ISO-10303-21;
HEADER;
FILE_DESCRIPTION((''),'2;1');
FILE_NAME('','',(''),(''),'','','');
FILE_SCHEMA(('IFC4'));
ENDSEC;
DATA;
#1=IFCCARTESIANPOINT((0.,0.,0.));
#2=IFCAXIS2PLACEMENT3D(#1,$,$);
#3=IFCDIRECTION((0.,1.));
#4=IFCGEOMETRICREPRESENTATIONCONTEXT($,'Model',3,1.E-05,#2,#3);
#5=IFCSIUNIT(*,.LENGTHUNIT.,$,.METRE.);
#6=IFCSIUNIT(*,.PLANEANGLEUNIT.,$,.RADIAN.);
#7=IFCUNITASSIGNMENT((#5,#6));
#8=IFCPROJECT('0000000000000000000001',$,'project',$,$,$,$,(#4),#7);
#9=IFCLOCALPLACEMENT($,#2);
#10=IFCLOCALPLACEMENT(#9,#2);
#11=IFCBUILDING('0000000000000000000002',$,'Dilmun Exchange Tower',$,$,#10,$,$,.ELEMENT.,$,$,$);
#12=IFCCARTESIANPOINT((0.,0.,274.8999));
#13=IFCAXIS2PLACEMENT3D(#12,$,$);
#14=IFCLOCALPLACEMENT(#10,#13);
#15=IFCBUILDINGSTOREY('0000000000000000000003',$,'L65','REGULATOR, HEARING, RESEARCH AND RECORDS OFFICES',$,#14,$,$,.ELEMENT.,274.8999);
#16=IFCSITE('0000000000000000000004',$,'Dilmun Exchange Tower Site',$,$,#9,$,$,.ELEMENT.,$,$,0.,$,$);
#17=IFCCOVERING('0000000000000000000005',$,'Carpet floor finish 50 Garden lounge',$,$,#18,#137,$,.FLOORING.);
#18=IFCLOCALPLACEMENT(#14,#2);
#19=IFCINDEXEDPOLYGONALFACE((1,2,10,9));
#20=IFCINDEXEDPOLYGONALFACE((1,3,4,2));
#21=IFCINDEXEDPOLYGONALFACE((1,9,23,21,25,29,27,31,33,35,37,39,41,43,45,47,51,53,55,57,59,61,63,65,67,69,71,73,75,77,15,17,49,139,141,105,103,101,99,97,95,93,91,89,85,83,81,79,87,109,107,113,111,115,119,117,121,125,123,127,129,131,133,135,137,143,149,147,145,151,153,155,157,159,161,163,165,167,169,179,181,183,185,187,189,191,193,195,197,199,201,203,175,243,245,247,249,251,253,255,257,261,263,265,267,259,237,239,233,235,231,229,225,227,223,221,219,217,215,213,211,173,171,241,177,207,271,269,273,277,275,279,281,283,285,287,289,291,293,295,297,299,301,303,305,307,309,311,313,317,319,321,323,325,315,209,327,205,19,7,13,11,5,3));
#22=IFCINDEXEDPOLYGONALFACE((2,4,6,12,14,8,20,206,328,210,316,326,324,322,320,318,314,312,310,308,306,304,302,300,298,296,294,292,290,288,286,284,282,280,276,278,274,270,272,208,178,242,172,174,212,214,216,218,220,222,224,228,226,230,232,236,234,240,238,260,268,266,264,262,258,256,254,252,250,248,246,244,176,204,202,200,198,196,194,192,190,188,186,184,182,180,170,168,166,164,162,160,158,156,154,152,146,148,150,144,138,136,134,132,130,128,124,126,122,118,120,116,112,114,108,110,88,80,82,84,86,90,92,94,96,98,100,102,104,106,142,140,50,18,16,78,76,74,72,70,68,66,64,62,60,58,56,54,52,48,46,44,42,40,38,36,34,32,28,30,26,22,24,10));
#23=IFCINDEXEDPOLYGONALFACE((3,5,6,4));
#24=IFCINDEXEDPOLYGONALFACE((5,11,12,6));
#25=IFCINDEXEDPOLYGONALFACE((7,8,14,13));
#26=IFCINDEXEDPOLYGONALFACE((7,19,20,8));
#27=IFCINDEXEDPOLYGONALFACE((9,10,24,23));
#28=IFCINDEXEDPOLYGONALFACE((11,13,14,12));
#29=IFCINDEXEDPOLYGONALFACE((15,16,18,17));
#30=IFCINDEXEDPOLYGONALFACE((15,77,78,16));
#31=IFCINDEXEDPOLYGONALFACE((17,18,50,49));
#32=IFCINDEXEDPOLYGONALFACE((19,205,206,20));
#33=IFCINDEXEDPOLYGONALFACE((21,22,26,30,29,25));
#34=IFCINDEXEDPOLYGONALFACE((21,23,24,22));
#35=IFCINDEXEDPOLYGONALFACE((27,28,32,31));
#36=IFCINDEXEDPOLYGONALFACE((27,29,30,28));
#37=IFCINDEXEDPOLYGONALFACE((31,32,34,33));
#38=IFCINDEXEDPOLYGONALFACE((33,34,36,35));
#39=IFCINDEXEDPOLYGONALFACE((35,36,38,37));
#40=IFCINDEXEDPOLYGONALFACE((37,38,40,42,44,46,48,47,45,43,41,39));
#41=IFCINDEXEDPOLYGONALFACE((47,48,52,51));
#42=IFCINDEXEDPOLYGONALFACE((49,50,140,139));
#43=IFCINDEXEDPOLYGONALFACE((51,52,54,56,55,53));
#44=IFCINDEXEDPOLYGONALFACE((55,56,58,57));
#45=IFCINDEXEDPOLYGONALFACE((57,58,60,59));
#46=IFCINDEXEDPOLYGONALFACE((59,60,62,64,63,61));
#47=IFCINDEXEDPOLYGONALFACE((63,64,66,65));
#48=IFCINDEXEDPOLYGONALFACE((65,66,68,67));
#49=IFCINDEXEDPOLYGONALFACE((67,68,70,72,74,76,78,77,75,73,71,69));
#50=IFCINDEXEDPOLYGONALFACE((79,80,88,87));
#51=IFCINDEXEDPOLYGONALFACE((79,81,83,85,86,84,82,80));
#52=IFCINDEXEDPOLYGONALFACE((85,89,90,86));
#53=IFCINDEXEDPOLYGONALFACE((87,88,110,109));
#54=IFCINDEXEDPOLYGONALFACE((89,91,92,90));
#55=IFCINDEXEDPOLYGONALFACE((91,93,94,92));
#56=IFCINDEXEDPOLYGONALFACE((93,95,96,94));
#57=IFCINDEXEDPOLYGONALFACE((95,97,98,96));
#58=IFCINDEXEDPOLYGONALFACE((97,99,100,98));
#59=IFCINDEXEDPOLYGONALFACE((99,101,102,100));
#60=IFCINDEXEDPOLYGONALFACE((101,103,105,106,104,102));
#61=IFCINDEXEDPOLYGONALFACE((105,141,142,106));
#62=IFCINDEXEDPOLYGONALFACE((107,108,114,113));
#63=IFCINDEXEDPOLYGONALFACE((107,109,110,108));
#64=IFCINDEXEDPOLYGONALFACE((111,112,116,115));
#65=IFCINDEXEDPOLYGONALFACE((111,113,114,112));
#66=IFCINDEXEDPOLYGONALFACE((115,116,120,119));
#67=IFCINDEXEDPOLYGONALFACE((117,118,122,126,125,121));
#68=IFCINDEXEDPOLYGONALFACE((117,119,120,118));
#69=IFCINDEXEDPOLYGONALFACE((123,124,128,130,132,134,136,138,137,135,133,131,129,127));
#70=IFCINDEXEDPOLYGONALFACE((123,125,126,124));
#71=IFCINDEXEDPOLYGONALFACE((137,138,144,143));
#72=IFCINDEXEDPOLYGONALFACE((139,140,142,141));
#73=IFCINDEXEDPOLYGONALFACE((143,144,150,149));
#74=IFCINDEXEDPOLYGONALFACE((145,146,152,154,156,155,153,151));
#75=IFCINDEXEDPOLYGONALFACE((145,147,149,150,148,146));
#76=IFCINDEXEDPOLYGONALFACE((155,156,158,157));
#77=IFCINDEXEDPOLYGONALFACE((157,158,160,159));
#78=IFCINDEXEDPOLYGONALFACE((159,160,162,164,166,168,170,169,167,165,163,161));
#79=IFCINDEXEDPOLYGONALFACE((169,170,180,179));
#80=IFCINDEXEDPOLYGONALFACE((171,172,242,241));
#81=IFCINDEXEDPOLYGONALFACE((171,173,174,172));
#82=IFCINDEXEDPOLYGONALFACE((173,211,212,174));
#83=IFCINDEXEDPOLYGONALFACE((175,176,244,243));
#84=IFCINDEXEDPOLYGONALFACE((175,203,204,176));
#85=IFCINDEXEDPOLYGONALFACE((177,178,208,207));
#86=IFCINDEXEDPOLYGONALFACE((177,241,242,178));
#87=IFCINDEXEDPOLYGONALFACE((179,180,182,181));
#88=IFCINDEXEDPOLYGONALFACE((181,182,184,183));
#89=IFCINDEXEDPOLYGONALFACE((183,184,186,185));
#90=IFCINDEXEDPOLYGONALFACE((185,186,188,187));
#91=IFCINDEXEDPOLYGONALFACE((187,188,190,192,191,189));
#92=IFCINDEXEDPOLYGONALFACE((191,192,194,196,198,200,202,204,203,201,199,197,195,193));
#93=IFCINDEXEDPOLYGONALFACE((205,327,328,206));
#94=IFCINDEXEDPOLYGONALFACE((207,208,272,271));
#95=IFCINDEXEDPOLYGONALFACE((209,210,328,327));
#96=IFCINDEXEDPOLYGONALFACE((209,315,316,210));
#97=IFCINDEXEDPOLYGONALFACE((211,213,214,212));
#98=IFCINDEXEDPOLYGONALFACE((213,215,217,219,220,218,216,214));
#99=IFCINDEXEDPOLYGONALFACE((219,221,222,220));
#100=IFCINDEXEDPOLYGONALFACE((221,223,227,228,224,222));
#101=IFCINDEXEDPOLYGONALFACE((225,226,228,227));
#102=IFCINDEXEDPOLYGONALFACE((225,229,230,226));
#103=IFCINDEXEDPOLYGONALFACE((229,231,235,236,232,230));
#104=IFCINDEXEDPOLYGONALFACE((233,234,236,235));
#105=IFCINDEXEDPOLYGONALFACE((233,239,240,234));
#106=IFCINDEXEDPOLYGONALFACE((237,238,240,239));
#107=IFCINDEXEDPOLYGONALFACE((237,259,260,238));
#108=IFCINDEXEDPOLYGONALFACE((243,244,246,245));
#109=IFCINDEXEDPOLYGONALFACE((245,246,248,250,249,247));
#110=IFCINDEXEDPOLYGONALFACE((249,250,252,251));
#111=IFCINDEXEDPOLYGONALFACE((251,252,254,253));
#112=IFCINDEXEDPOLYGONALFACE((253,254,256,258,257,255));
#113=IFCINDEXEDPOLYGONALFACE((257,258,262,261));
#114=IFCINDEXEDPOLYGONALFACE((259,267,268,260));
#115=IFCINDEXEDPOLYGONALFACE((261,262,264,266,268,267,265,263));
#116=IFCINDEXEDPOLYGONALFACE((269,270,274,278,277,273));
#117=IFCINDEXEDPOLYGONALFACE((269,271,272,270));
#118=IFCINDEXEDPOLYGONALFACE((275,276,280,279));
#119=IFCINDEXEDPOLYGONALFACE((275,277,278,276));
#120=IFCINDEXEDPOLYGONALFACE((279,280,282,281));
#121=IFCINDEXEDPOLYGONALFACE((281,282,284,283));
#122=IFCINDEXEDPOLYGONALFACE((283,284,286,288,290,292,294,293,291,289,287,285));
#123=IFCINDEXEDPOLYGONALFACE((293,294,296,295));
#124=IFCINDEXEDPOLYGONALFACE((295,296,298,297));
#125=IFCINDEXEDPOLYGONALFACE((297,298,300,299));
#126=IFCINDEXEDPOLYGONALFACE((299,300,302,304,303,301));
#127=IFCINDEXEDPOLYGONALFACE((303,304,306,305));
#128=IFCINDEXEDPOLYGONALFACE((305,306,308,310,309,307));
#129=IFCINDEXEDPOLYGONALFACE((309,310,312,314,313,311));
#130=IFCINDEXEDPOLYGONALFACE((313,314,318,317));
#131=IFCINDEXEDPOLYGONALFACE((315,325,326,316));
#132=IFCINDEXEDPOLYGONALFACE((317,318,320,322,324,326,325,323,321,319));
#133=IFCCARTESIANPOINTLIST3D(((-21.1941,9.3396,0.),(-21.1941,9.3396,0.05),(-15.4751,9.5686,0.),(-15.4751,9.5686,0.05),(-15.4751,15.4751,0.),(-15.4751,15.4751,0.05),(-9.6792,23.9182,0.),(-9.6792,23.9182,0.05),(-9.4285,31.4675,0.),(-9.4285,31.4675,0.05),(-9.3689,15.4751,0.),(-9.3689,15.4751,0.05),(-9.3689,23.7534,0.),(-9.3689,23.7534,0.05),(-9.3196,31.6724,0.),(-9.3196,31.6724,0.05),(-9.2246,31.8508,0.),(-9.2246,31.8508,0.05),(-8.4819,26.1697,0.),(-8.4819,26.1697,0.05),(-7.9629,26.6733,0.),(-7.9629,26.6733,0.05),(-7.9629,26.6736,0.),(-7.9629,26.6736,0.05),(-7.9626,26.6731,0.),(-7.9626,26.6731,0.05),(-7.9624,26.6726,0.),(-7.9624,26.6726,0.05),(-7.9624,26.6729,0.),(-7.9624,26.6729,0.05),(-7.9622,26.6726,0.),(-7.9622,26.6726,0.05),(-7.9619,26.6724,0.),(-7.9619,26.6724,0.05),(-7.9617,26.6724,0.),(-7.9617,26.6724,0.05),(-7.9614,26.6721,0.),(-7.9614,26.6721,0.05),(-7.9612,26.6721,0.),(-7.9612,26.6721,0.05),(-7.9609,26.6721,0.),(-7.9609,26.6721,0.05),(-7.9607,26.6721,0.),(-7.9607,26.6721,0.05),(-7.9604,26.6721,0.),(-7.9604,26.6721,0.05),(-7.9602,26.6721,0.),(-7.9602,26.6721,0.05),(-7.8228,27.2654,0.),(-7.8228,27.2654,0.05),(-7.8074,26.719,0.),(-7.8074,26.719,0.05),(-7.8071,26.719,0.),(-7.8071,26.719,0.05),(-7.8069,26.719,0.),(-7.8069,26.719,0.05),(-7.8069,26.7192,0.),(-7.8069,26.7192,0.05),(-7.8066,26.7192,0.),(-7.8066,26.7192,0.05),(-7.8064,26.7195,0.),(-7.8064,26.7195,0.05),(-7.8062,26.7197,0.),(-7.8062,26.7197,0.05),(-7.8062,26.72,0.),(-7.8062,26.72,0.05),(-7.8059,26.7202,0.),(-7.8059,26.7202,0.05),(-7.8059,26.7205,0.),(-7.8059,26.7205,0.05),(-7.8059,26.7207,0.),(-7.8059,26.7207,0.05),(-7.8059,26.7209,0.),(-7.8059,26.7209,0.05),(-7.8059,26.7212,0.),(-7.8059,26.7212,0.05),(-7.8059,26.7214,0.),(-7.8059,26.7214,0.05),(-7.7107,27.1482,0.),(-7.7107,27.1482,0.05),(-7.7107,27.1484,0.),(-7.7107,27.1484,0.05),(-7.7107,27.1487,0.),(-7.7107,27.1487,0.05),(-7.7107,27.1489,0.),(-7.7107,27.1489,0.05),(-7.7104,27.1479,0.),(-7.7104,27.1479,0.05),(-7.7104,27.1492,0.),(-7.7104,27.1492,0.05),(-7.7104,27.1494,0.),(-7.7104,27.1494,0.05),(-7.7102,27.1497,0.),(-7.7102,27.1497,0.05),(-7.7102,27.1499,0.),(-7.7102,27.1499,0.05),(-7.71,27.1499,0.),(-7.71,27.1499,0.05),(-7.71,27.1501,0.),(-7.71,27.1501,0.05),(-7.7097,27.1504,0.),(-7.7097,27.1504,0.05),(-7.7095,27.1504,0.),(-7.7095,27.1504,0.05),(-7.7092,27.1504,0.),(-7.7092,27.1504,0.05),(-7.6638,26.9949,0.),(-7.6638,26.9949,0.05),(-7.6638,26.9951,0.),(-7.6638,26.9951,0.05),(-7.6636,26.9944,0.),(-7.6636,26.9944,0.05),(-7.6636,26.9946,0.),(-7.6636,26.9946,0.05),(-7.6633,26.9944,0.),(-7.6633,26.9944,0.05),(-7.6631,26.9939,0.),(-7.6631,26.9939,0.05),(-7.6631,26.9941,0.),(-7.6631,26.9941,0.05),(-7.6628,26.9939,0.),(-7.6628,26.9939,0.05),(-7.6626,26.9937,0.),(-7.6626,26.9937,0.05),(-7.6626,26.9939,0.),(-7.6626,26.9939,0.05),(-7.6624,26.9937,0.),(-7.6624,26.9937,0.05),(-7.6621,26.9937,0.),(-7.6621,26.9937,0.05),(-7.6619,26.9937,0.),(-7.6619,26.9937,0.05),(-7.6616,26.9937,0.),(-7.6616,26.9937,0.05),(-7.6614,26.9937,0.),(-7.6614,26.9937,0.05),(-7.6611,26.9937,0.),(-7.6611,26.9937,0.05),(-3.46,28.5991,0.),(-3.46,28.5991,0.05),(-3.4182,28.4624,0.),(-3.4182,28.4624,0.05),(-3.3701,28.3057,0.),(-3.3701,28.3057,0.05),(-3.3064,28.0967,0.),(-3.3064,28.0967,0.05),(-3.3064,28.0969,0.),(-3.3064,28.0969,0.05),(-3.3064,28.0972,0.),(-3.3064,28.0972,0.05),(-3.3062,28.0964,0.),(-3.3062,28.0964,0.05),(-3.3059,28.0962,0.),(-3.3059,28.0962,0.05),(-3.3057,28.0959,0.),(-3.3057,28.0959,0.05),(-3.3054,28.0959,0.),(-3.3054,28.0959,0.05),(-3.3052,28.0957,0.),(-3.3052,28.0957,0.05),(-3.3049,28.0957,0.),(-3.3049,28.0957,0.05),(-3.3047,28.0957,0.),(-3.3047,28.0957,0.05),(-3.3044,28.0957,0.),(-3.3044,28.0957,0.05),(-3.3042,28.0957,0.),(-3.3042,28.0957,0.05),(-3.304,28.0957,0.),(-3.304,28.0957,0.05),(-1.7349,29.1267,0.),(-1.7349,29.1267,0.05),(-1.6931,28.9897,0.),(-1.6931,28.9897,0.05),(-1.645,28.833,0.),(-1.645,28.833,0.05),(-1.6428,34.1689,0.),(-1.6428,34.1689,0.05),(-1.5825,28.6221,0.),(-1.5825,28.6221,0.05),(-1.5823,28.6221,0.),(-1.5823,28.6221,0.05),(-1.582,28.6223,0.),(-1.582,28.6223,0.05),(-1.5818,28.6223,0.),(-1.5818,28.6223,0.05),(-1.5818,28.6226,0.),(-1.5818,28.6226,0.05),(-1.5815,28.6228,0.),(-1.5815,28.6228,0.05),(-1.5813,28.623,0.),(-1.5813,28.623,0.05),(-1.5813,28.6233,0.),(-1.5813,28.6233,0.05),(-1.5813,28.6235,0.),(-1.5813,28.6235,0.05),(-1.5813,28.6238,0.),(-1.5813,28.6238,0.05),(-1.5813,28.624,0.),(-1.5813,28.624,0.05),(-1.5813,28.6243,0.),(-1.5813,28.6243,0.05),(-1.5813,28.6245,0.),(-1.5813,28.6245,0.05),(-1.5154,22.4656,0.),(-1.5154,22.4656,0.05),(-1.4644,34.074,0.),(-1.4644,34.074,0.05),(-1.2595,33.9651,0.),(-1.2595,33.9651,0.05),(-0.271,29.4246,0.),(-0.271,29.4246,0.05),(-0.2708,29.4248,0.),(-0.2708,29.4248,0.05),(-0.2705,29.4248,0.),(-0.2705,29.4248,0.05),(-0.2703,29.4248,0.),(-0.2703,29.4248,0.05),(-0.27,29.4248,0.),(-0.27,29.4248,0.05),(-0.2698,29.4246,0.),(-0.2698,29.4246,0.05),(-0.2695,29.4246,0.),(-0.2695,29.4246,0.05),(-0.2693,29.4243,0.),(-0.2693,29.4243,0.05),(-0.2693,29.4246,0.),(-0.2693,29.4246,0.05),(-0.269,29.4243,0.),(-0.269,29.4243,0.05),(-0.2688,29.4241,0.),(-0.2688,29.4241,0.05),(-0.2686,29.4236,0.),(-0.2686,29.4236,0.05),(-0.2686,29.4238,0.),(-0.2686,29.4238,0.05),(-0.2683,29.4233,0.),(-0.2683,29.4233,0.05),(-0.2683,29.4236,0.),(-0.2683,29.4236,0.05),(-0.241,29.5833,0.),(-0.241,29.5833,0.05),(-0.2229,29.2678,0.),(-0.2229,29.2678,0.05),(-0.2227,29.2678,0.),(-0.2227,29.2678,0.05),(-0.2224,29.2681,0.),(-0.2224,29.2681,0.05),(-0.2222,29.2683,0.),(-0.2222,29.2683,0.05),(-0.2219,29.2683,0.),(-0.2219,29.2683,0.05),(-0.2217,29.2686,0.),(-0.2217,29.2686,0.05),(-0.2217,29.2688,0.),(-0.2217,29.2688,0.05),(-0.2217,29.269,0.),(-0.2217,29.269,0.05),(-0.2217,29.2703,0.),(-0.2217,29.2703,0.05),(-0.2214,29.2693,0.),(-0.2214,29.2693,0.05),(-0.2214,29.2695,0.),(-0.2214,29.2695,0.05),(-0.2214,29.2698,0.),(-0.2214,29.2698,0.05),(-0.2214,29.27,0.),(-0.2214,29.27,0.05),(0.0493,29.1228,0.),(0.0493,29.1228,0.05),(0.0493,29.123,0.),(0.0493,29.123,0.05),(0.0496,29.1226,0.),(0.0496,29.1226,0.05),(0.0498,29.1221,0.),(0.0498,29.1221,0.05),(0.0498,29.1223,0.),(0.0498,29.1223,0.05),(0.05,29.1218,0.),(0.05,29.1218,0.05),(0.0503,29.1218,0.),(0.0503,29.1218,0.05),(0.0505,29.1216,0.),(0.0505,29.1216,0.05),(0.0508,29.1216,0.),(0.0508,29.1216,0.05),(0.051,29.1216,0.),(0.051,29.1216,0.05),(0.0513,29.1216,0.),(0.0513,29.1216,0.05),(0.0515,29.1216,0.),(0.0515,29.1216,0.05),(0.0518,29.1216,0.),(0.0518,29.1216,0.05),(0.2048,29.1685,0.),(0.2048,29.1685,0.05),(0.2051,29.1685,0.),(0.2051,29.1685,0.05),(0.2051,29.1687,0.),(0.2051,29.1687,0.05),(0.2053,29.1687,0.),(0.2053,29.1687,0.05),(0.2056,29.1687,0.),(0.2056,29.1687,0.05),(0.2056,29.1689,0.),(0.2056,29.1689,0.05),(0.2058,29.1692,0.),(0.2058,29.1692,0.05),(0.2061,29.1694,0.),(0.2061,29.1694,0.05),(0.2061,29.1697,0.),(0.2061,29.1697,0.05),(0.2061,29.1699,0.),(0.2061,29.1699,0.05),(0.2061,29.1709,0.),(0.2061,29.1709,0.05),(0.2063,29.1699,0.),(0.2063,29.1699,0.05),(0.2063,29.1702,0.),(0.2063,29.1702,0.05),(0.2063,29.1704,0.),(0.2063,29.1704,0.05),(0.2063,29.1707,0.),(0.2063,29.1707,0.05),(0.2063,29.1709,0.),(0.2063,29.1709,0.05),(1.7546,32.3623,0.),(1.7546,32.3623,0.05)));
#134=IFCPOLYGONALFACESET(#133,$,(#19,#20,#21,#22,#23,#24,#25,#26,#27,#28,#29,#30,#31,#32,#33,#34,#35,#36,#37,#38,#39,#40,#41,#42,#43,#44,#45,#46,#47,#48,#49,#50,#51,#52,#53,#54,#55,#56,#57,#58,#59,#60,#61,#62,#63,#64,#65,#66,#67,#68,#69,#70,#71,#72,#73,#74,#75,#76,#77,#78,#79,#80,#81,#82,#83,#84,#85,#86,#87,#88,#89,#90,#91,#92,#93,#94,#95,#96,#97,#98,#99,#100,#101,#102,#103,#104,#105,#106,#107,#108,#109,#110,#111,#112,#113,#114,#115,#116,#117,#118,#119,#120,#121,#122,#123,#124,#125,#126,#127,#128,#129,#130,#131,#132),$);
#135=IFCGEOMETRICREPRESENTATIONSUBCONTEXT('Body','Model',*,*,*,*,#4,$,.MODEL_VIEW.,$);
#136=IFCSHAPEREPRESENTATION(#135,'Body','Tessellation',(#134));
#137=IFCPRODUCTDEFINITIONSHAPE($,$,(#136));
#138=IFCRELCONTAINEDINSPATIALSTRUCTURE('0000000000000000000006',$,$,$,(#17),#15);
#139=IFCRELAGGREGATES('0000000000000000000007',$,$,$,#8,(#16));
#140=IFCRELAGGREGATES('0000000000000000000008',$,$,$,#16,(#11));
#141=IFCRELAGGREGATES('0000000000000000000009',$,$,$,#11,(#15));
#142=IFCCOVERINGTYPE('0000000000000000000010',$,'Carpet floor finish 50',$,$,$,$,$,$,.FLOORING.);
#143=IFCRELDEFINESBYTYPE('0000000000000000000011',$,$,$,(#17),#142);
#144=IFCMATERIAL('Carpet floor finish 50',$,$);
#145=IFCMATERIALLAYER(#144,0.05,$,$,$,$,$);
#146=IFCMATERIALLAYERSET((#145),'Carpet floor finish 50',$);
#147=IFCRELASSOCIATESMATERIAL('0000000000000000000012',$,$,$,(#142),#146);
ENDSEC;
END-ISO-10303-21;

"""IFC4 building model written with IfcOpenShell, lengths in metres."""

from ifc_helpers import new_model, si_unit, direction, frame, origin, place, context, subcontext, project, spatial, polyline, outline, extrude, material, layer, layer_set, type_object, element, save


model = new_model("IFC4")

# Units and contexts
model_context = context("Model", 3, precision=1e-05, world=origin(), true_north=direction((0.0, 1.0)))
body_context = subcontext(model_context, "Body", "Model", "MODEL_VIEW")
ifc_project = project(units=[si_unit("LENGTHUNIT", "METRE"), si_unit("PLANEANGLEUNIT", "RADIAN")], contexts=[model_context])

# Site, building, storey
site_placement = place(None, origin())
site = spatial("IfcSite", under=ifc_project, at=site_placement, Name="Dilmun Exchange Tower Site", CompositionType="ELEMENT", RefElevation=0.0)
building_placement = place(site_placement, origin())
building = spatial("IfcBuilding", under=site, at=building_placement, Name="Dilmun Exchange Tower", CompositionType="ELEMENT")
storey_placement = place(building_placement, frame((0.0, 0.0, 274.8999)))
storey = spatial("IfcBuildingStorey", under=building, at=storey_placement, Name="L65", Description="REGULATOR, HEARING, RESEARCH AND RECORDS OFFICES", CompositionType="ELEMENT", Elevation=274.8999)

# Covering
ifc_material_1 = material(Name="Carpet floor finish 50")
ifc_layer_1 = layer(ifc_material_1, 0.05)
ifc_layer_set_1 = layer_set([ifc_layer_1], Name="Carpet floor finish 50")
covering_type_1 = type_object("IfcCoveringType", Name="Carpet floor finish 50", PredefinedType="FLOORING", material=ifc_layer_set_1)
covering_1_placement = place(storey_placement, origin())
element("IfcCovering", 1, at=covering_1_placement, inside=storey, type_object=covering_type_1, Name="Carpet floor finish 50 Garden lounge", PredefinedType="FLOORING", context=body_context, shape_type="SweptSolid", body=[
    extrude(outline(polyline([(-9.3689, 15.4751), (-15.4751, 15.4751), (-15.4751, 9.5686), (-21.1941, 9.3396), (-9.4285, 31.4675), (-7.9629, 26.6736), (-7.9629, 26.6733), (-7.9626, 26.6731), (-7.9626, 26.6731), (-7.9624, 26.6729), (-7.9624, 26.6726), (-7.9622, 26.6726), (-7.9619, 26.6724), (-7.9619, 26.6724), (-7.9617, 26.6724), (-7.9614, 26.6721), (-7.9612, 26.6721), (-7.9612, 26.6721), (-7.9609, 26.6721), (-7.9607, 26.6721), (-7.9604, 26.6721), (-7.9602, 26.6721), (-7.8074, 26.719), (-7.8071, 26.719), (-7.8069, 26.719), (-7.8069, 26.7192), (-7.8066, 26.7192), (-7.8064, 26.7195), (-7.8064, 26.7195), (-7.8062, 26.7197), (-7.8062, 26.72), (-7.8059, 26.7202), (-7.8059, 26.7202), (-7.8059, 26.7205), (-7.8059, 26.7207), (-7.8059, 26.7209), (-7.8059, 26.7212), (-7.8059, 26.7212), (-7.8059, 26.7214), (-9.3196, 31.6724), (-9.2246, 31.8508), (-7.8228, 27.2654), (-3.46, 28.5991), (-3.4182, 28.4624), (-7.7092, 27.1504), (-7.7095, 27.1504), (-7.7095, 27.1504), (-7.7097, 27.1504), (-7.71, 27.1501), (-7.71, 27.1499), (-7.7102, 27.1499), (-7.7102, 27.1497), (-7.7104, 27.1494), (-7.7104, 27.1494), (-7.7104, 27.1492), (-7.7107, 27.1489), (-7.7107, 27.1487), (-7.7107, 27.1487), (-7.7107, 27.1484), (-7.7107, 27.1482), (-7.7104, 27.1479), (-7.6638, 26.9951), (-7.6638, 26.9949), (-7.6636, 26.9946), (-7.6636, 26.9944), (-7.6633, 26.9944), (-7.6631, 26.9941), (-7.6631, 26.9939), (-7.6628, 26.9939), (-7.6626, 26.9939), (-7.6626, 26.9937), (-7.6624, 26.9937), (-7.6621, 26.9937), (-7.6621, 26.9937), (-7.6619, 26.9937), (-7.6616, 26.9937), (-7.6614, 26.9937), (-7.6611, 26.9937), (-3.3701, 28.3057), (-3.3064, 28.0972), (-3.3064, 28.0969), (-3.3064, 28.0967), (-3.3064, 28.0967), (-3.3062, 28.0964), (-3.3059, 28.0962), (-3.3059, 28.0962), (-3.3057, 28.0959), (-3.3054, 28.0959), (-3.3054, 28.0959), (-3.3052, 28.0957), (-3.3049, 28.0957), (-3.3047, 28.0957), (-3.3047, 28.0957), (-3.3044, 28.0957), (-3.3042, 28.0957), (-3.304, 28.0957), (-1.5825, 28.6221), (-1.5825, 28.6221), (-1.5823, 28.6221), (-1.582, 28.6223), (-1.5818, 28.6223), (-1.5818, 28.6226), (-1.5818, 28.6226), (-1.5815, 28.6228), (-1.5813, 28.623), (-1.5813, 28.623), (-1.5813, 28.6233), (-1.5813, 28.6235), (-1.5813, 28.6238), (-1.5813, 28.6238), (-1.5813, 28.624), (-1.5813, 28.6243), (-1.5813, 28.6245), (-1.645, 28.833), (-0.2229, 29.2678), (-0.2227, 29.2678), (-0.2227, 29.2678), (-0.2224, 29.2681), (-0.2222, 29.2683), (-0.2222, 29.2683), (-0.2219, 29.2683), (-0.2217, 29.2686), (-0.2217, 29.2688), (-0.2217, 29.2688), (-0.2217, 29.269), (-0.2214, 29.2693), (-0.2214, 29.2695), (-0.2214, 29.2698), (-0.2214, 29.27), (-0.2214, 29.27), (-0.2217, 29.2703), (-0.2683, 29.4233), (-0.2683, 29.4236), (-0.2686, 29.4236), (-0.2686, 29.4238), (-0.2688, 29.4241), (-0.2688, 29.4241), (-0.269, 29.4243), (-0.2693, 29.4243), (-0.2693, 29.4246), (-0.2695, 29.4246), (-0.2698, 29.4246), (-0.27, 29.4248), (-0.27, 29.4248), (-0.2703, 29.4248), (-0.2705, 29.4248), (-0.2708, 29.4248), (-0.271, 29.4246), (-1.6931, 28.9897), (-1.7349, 29.1267), (-0.241, 29.5833), (-1.6428, 34.1689), (-1.4644, 34.074), (0.0493, 29.123), (0.0493, 29.1228), (0.0493, 29.1228), (0.0496, 29.1226), (0.0498, 29.1223), (0.0498, 29.1223), (0.0498, 29.1221), (0.05, 29.1218), (0.0503, 29.1218), (0.0503, 29.1218), (0.0505, 29.1216), (0.0508, 29.1216), (0.051, 29.1216), (0.0513, 29.1216), (0.0515, 29.1216), (0.0515, 29.1216), (0.0518, 29.1216), (0.2048, 29.1685), (0.2051, 29.1685), (0.2051, 29.1687), (0.2053, 29.1687), (0.2056, 29.1687), (0.2056, 29.1689), (0.2058, 29.1692), (0.2058, 29.1692), (0.2061, 29.1694), (0.2061, 29.1697), (0.2061, 29.1699), (0.2063, 29.1699), (0.2063, 29.1702), (0.2063, 29.1704), (0.2063, 29.1707), (0.2063, 29.1709), (0.2061, 29.1709), (-1.2595, 33.9651), (1.7546, 32.3623), (-1.5154, 22.4656), (-8.4819, 26.1697), (-9.6792, 23.9182), (-9.3689, 23.7534), (-9.3689, 15.4751)])), origin(), (0.0, 0.0, 1.0), 0.05),
])

save(model, "model.ifc")
